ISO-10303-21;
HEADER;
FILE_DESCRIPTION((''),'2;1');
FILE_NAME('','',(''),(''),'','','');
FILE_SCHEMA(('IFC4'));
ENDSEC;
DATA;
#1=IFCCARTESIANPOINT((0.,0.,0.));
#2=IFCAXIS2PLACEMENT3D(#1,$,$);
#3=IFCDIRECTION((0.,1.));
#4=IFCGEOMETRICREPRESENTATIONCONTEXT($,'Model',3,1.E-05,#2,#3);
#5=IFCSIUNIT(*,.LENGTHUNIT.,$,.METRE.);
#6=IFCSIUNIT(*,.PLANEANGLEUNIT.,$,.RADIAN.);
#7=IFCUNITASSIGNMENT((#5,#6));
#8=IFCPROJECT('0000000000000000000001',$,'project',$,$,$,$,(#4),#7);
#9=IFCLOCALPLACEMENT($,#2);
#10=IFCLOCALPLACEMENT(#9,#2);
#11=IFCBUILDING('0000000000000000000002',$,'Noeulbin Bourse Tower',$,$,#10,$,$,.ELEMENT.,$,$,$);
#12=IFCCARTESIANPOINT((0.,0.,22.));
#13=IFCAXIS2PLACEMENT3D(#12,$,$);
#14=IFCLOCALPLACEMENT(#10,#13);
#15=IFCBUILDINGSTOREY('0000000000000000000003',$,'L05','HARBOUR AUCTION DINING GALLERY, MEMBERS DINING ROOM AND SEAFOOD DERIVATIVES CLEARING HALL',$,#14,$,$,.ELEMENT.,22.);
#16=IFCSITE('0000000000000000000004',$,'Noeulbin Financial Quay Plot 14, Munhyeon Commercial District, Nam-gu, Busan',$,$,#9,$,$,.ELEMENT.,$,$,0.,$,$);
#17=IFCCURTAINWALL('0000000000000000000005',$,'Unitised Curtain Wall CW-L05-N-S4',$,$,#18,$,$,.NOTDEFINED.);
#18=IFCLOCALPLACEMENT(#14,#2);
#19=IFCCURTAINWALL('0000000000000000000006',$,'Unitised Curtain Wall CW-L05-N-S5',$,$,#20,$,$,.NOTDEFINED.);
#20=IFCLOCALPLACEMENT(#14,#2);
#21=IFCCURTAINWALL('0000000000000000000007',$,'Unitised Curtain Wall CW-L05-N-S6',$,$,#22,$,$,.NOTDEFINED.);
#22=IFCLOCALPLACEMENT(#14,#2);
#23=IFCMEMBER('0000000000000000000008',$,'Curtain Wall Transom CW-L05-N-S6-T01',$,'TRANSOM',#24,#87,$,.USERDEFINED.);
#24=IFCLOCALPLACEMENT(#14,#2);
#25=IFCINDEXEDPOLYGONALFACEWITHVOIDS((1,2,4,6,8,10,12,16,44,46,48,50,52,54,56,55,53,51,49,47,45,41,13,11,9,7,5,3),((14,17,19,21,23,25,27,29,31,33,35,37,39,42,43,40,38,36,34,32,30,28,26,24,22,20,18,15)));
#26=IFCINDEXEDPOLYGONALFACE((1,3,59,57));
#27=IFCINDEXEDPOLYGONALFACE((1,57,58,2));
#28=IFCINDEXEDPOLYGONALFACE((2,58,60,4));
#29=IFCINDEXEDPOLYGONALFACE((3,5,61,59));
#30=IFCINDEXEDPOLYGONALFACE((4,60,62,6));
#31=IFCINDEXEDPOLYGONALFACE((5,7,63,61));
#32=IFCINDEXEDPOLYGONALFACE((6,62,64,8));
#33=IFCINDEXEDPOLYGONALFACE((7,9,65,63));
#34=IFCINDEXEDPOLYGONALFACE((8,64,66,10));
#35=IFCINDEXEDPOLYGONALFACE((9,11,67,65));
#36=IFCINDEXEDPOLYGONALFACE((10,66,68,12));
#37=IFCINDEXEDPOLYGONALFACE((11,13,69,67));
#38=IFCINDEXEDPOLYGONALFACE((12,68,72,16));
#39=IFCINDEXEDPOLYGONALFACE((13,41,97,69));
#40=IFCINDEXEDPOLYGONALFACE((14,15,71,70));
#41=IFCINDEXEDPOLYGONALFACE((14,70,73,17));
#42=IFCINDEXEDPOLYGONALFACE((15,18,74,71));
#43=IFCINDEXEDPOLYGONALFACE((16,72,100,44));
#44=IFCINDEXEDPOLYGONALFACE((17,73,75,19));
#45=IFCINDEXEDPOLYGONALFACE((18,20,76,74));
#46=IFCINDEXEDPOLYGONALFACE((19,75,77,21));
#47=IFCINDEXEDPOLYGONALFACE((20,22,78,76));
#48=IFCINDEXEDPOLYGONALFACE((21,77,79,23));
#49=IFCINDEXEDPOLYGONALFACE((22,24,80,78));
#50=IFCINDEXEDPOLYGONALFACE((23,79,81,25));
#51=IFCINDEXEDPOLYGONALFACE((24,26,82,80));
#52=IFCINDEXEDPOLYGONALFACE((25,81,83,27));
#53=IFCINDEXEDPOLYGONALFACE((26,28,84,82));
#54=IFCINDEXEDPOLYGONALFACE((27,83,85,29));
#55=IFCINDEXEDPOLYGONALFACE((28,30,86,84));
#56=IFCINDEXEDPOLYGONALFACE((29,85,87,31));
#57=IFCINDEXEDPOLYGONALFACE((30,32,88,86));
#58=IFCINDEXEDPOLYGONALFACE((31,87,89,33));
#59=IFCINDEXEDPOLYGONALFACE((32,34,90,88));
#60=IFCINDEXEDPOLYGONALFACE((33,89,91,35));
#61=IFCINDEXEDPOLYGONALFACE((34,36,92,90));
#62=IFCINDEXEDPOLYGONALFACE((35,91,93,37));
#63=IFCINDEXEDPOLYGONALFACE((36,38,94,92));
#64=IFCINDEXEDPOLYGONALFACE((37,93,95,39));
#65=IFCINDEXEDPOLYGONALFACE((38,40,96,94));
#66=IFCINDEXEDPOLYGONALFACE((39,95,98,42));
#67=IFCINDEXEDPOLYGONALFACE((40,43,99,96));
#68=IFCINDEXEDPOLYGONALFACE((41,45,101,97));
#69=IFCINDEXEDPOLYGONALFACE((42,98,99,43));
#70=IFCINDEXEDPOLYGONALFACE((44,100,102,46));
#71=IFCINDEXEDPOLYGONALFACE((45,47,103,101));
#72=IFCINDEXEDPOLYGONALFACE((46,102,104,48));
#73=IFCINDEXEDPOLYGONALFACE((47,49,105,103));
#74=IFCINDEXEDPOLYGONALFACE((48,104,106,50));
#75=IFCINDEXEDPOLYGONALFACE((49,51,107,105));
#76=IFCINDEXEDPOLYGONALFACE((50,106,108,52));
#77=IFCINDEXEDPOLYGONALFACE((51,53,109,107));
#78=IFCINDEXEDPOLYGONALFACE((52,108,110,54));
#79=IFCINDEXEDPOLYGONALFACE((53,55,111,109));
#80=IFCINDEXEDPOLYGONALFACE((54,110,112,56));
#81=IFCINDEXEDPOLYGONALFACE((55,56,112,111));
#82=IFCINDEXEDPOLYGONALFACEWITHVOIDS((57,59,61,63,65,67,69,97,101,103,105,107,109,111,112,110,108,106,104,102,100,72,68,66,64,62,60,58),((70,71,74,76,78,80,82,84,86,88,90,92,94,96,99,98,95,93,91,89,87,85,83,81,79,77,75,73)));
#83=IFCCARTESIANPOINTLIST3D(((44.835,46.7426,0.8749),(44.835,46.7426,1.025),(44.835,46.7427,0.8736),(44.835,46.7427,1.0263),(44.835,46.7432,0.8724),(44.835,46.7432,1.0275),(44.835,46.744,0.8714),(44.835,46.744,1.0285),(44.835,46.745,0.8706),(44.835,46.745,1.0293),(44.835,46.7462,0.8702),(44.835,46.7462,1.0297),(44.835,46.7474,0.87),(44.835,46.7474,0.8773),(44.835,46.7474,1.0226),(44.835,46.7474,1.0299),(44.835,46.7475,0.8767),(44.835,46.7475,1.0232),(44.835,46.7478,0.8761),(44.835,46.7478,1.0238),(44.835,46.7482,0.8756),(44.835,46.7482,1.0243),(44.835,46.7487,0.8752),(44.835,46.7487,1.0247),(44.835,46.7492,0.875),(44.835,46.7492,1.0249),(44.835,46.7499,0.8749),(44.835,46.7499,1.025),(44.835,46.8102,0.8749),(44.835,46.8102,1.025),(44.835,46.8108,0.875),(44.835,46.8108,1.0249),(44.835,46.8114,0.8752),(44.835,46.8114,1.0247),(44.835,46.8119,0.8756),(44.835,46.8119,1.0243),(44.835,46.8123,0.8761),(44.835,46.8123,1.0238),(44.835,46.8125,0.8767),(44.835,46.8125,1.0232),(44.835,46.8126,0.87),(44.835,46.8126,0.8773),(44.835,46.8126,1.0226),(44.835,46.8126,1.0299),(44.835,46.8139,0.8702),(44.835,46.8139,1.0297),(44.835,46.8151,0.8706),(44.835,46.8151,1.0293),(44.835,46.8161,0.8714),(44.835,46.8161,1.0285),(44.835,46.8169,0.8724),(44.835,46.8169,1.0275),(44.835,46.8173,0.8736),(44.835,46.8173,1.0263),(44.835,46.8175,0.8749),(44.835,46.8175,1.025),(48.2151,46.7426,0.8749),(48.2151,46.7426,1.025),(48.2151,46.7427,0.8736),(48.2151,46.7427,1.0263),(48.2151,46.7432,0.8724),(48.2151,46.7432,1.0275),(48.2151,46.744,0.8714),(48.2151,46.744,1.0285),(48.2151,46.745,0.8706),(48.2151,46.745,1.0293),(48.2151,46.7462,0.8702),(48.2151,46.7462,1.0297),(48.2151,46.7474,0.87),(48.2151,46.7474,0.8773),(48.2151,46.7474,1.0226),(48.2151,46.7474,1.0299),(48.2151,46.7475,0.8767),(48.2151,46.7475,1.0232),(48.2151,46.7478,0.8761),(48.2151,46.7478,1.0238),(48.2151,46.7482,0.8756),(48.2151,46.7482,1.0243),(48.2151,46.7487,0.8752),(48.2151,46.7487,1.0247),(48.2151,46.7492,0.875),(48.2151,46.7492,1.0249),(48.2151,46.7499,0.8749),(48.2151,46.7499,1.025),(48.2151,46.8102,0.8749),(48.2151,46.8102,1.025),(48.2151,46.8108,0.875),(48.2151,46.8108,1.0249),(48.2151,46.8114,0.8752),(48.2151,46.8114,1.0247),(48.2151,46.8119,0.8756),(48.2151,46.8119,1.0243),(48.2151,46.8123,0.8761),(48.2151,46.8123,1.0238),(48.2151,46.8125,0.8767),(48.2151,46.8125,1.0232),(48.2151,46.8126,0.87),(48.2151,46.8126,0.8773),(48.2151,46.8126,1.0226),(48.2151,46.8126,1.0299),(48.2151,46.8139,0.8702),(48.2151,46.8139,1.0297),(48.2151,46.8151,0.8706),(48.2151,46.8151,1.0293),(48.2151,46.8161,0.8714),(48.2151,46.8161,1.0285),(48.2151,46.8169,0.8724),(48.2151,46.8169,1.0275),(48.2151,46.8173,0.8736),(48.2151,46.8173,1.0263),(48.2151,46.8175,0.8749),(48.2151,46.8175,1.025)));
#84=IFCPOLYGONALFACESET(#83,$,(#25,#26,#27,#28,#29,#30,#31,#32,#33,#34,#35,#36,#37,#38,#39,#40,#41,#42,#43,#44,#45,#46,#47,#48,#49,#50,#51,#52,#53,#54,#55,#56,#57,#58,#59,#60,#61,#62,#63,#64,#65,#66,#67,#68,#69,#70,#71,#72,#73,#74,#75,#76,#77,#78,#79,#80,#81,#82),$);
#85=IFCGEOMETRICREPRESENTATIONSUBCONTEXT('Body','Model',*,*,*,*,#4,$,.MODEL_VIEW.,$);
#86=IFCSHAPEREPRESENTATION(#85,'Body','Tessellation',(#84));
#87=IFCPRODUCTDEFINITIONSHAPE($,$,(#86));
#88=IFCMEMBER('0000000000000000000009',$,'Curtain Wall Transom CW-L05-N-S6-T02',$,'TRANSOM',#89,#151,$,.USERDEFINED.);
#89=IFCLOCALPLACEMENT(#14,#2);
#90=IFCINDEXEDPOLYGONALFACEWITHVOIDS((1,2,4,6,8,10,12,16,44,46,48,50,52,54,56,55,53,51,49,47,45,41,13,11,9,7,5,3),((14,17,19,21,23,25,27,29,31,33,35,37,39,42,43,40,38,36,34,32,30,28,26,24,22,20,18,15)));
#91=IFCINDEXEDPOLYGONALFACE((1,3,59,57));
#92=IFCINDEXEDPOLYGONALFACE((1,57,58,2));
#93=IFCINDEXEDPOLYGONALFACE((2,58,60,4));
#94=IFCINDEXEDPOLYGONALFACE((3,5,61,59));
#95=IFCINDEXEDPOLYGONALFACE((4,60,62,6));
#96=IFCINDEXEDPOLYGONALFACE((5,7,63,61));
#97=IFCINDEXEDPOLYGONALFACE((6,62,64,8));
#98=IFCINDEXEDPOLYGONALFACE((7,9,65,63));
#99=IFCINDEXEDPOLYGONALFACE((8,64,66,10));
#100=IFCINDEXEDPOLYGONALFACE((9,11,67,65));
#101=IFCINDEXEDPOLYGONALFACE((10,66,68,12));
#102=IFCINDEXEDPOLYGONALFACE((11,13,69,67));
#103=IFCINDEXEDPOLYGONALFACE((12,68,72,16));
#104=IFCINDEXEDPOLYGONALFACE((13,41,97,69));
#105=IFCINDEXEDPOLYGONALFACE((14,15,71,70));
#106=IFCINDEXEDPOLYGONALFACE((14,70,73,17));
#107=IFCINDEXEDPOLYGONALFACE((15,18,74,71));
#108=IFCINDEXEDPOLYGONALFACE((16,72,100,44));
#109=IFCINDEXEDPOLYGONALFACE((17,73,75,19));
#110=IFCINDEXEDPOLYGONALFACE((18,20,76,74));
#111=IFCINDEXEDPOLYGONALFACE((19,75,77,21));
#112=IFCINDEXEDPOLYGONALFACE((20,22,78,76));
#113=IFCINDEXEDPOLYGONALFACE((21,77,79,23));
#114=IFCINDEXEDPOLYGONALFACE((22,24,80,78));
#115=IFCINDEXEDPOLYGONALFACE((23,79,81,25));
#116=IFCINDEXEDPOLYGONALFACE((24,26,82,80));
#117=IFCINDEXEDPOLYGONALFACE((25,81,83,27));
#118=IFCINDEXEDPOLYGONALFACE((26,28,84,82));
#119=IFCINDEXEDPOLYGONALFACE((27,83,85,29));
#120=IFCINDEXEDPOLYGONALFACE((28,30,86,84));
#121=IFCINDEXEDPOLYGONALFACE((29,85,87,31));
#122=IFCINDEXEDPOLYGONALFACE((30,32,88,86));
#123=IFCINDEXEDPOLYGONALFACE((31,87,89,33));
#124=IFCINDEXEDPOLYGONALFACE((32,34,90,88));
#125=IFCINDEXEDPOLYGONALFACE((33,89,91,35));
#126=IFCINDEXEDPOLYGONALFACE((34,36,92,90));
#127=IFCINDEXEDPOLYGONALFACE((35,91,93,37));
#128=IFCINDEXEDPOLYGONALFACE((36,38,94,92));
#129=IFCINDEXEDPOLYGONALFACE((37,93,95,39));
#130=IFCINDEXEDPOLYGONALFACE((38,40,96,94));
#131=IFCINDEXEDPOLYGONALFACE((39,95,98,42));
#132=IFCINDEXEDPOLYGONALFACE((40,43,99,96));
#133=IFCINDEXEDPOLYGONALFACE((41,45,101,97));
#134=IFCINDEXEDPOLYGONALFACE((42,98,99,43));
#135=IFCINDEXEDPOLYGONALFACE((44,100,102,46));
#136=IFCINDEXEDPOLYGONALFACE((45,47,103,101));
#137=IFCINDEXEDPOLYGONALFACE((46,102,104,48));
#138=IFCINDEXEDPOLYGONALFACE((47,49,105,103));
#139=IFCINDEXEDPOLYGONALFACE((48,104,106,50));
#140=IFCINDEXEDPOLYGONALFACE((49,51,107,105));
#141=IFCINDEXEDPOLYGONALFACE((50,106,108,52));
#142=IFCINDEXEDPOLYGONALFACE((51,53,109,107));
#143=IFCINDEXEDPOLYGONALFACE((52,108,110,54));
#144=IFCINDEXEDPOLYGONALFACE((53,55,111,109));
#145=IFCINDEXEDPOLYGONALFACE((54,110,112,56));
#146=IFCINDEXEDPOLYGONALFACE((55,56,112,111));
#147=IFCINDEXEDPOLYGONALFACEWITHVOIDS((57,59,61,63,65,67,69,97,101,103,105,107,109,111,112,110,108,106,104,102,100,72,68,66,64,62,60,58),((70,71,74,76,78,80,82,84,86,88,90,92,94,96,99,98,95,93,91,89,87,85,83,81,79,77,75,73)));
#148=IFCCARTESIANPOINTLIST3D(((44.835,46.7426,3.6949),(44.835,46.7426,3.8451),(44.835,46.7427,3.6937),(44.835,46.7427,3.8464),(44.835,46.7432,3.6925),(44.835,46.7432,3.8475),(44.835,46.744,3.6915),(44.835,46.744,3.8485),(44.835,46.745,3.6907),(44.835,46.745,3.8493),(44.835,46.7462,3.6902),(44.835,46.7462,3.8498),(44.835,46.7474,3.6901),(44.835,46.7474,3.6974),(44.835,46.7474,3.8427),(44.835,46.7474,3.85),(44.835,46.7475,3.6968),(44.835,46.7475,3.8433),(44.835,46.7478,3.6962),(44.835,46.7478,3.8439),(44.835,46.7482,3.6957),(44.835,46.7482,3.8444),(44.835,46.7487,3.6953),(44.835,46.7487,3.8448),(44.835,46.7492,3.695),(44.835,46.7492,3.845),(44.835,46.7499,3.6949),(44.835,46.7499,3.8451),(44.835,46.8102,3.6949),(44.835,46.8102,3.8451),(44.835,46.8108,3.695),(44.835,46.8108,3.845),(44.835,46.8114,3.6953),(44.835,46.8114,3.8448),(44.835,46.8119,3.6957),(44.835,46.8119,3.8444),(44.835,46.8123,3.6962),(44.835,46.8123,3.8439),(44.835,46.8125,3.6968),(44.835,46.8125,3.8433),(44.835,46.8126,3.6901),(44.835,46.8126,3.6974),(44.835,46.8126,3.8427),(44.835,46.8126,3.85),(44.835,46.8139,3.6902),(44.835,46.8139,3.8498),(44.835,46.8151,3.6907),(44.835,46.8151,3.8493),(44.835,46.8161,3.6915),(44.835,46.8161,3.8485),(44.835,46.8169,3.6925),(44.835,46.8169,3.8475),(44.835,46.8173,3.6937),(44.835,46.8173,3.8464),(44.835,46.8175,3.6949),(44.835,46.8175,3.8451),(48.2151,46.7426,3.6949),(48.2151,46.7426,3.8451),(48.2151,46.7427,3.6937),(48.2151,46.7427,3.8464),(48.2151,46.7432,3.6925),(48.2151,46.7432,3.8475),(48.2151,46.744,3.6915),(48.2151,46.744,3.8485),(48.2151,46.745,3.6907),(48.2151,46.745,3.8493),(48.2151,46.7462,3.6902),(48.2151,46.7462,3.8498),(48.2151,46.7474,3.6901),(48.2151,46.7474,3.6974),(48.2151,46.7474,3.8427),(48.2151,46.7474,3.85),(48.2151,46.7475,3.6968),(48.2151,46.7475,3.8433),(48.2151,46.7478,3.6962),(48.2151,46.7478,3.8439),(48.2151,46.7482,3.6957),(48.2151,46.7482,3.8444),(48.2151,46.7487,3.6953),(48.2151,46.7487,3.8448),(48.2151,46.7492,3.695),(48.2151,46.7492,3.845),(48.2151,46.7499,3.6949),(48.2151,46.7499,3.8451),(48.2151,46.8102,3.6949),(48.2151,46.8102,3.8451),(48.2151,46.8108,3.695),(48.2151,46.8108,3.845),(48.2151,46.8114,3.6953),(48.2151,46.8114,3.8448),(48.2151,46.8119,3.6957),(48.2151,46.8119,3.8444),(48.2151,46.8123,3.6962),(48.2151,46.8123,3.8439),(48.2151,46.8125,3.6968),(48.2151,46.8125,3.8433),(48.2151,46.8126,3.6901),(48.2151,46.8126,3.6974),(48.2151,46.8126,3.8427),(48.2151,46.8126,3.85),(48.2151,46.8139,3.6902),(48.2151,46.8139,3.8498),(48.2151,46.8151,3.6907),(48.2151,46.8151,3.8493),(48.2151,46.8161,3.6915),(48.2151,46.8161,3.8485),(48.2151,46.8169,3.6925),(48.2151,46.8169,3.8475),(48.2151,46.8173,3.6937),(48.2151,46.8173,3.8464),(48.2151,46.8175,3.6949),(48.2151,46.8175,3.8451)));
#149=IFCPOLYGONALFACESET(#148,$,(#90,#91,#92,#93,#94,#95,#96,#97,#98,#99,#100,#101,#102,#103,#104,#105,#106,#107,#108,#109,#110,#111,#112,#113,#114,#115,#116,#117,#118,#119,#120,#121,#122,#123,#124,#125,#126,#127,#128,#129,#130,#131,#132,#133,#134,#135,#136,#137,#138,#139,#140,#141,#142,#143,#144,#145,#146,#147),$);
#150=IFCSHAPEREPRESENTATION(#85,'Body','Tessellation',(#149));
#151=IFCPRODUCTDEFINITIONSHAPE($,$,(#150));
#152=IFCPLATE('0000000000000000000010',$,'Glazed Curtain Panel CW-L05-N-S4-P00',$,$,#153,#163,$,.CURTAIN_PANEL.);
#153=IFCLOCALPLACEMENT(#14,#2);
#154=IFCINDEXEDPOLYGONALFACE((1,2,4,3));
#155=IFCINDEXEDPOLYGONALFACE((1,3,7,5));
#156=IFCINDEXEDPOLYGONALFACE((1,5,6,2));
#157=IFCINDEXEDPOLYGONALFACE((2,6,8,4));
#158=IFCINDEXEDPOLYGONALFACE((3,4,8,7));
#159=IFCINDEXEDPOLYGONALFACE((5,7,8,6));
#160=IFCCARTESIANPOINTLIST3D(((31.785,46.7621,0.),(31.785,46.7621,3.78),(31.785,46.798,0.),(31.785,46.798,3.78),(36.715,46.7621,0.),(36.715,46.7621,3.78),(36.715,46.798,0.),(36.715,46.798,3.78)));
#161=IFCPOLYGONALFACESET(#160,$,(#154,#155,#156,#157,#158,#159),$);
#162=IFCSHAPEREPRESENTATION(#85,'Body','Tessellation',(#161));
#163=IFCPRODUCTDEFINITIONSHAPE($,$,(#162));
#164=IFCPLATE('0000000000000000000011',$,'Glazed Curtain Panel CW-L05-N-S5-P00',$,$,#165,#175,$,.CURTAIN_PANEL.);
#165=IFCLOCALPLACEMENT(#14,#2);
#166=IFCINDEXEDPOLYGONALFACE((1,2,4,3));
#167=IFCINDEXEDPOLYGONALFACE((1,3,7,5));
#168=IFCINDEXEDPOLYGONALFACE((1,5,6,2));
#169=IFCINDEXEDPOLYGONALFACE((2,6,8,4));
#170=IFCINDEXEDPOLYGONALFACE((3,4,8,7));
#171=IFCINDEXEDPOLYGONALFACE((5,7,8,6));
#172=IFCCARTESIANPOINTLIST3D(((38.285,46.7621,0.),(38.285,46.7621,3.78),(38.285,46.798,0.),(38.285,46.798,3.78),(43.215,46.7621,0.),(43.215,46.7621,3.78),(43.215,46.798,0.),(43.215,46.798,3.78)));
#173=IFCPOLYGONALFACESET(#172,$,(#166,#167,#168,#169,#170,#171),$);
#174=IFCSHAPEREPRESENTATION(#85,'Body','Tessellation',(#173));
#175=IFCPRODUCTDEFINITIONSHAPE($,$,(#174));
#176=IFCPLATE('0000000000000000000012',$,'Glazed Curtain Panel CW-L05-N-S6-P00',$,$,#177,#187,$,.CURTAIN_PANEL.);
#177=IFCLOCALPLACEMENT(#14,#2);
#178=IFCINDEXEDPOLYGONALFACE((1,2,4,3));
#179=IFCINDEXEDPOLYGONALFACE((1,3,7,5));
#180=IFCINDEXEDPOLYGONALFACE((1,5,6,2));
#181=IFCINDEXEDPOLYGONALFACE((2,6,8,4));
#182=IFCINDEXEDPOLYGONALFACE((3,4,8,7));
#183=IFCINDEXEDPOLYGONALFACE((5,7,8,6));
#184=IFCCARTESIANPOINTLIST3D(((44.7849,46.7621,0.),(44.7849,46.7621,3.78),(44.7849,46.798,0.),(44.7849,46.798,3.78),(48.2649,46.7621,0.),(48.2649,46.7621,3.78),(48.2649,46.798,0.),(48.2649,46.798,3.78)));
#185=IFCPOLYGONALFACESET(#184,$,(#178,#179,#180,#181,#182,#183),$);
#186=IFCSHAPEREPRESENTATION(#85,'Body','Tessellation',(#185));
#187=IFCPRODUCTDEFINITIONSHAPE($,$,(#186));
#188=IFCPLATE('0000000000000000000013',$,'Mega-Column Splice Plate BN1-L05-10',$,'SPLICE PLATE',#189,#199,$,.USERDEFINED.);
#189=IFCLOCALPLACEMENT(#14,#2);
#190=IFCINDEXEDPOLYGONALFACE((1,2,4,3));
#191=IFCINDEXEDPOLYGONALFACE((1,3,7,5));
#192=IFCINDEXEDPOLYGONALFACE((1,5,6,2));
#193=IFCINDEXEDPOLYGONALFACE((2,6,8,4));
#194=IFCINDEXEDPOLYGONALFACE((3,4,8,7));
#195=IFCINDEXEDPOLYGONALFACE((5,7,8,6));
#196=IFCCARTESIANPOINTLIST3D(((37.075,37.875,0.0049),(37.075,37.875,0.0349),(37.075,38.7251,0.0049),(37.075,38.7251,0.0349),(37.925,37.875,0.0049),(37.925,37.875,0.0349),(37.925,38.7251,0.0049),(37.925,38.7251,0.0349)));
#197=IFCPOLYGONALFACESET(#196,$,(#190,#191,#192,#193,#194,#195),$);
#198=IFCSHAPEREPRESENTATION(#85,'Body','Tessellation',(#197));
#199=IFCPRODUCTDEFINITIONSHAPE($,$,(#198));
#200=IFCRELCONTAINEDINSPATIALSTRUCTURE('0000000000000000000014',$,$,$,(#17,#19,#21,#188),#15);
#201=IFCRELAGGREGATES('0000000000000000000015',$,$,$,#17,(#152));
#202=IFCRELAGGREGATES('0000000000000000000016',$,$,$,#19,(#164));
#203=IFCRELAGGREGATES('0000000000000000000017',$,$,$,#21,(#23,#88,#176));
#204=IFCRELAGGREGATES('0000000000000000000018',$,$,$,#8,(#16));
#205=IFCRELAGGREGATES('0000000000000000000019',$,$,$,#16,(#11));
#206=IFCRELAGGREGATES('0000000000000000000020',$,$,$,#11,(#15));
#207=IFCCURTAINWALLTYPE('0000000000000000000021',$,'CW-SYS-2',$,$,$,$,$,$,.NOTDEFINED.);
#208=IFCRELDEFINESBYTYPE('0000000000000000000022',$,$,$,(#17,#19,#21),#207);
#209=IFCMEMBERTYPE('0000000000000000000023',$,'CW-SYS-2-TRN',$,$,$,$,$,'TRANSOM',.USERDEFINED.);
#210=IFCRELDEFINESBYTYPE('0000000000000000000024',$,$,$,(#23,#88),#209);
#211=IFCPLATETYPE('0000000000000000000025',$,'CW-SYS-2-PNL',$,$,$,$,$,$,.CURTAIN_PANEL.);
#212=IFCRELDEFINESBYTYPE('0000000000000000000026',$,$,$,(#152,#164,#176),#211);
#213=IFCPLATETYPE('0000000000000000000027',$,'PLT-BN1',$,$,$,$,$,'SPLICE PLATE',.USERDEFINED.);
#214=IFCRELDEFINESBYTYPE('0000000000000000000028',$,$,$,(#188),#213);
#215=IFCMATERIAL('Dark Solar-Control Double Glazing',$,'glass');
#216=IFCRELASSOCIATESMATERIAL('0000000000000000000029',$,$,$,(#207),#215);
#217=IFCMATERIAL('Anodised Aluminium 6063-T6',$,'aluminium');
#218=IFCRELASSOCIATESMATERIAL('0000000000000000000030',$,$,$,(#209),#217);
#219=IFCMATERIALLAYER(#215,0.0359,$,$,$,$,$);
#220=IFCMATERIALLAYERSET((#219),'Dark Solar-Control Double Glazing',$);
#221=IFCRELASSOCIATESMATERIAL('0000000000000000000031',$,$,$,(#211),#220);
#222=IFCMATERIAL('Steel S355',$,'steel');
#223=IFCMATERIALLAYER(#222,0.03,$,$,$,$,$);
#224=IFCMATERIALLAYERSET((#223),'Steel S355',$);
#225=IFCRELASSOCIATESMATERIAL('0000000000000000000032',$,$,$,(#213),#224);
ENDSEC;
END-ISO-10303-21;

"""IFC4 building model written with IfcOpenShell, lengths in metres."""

from ifc_helpers import new_model, si_unit, direction, frame, origin, origin_2d, place, context, subcontext, project, spatial, rectangle, hollow_rectangle, extrude, material, layer, layer_set, material_profile, profile_set, type_object, element, aggregate, save


model = new_model("IFC4")

# Units and contexts
model_context = context("Model", 3, precision=1e-05, world=origin(), true_north=direction((0.0, 1.0)))
body_context = subcontext(model_context, "Body", "Model", "MODEL_VIEW")
ifc_project = project(units=[si_unit("LENGTHUNIT", "METRE"), si_unit("PLANEANGLEUNIT", "RADIAN")], contexts=[model_context])

# Site, building, storey
site_placement = place(None, origin())
site = spatial("IfcSite", under=ifc_project, at=site_placement, Name="Noeulbin Financial Quay Plot 14, Munhyeon Commercial District, Nam-gu, Busan", CompositionType="ELEMENT", RefElevation=0.0)
building_placement = place(site_placement, origin())
building = spatial("IfcBuilding", under=site, at=building_placement, Name="Noeulbin Bourse Tower", CompositionType="ELEMENT")
storey_placement = place(building_placement, frame((0.0, 0.0, 22.0)))
storey = spatial("IfcBuildingStorey", under=building, at=storey_placement, Name="L05", Description="HARBOUR AUCTION DINING GALLERY, MEMBERS DINING ROOM AND SEAFOOD DERIVATIVES CLEARING HALL", CompositionType="ELEMENT", Elevation=22.0)

# Shared definitions
ifc_material_1 = material(Name="Steel S355", Category="steel")

# Curtain wall
ifc_material_2 = material(Name="Dark Solar-Control Double Glazing", Category="glass")
curtain_wall_type = type_object("IfcCurtainWallType", Name="CW-SYS-2", PredefinedType="NOTDEFINED", material=ifc_material_2)
curtain_wall_1_placement = place(storey_placement, origin())
curtain_wall_1 = element("IfcCurtainWall", 1, at=curtain_wall_1_placement, inside=storey, type_object=curtain_wall_type, Name="Unitised Curtain Wall CW-L05-N-S4", PredefinedType="NOTDEFINED")
ifc_material_3 = material(Name="Anodised Aluminium 6063-T6", Category="aluminium")

# Curtain wall
curtain_wall_2_placement = place(storey_placement, origin())
curtain_wall_2 = element("IfcCurtainWall", 2, at=curtain_wall_2_placement, inside=storey, type_object=curtain_wall_type, Name="Unitised Curtain Wall CW-L05-N-S5", PredefinedType="NOTDEFINED")

# Curtain wall
curtain_wall_3_placement = place(storey_placement, origin())
curtain_wall_3 = element("IfcCurtainWall", 3, at=curtain_wall_3_placement, inside=storey, type_object=curtain_wall_type, Name="Unitised Curtain Wall CW-L05-N-S6", PredefinedType="NOTDEFINED")

# Members
ifc_material_profile_1 = material_profile(ifc_material_3, hollow_rectangle(XDim=0.075, YDim=0.1599, WallThickness=0.0049, InnerFilletRadius=0.0024, OuterFilletRadius=0.0049, at=origin_2d()), Name="ALU-TRAN-75x160x5", Category="LoadBearing")
ifc_profile_set_1 = profile_set([ifc_material_profile_1], Name="Anodised Aluminium 6063-T6")
member_type_1 = type_object("IfcMemberType", Name="CW-SYS-2-TRN", ElementType="TRANSOM", PredefinedType="USERDEFINED", material=ifc_profile_set_1)
member_1_placement = place(storey_placement, frame((44.835, 46.78, 0.95), z_axis=(1.0, 0.0, 0.0), x_axis=(0.0, 1.0, 0.0)))
member_1 = element("IfcMember", 4, at=member_1_placement, type_object=member_type_1, Name="Curtain Wall Transom CW-L05-N-S6-T01", ObjectType="TRANSOM", PredefinedType="USERDEFINED", context=body_context, shape_type="SweptSolid", body=[
    extrude(hollow_rectangle(XDim=0.075, YDim=0.1599, WallThickness=0.0049, InnerFilletRadius=0.0024, OuterFilletRadius=0.0049, at=origin_2d()), origin(), (0.0, 0.0, 1.0), 3.3801),
])
member_2_placement = place(storey_placement, frame((44.835, 46.78, 3.77), z_axis=(1.0, 0.0, 0.0), x_axis=(0.0, 1.0, 0.0)))
member_2 = element("IfcMember", 5, at=member_2_placement, type_object=member_type_1, Name="Curtain Wall Transom CW-L05-N-S6-T02", ObjectType="TRANSOM", PredefinedType="USERDEFINED", context=body_context, shape_type="SweptSolid", body=[
    extrude(hollow_rectangle(XDim=0.075, YDim=0.1599, WallThickness=0.0049, InnerFilletRadius=0.0024, OuterFilletRadius=0.0049, at=origin_2d()), origin(), (0.0, 0.0, 1.0), 3.3801),
])

# Plates
ifc_layer_1 = layer(ifc_material_2, 0.0359)
ifc_layer_set_1 = layer_set([ifc_layer_1], Name="Dark Solar-Control Double Glazing")
plate_type_1 = type_object("IfcPlateType", Name="CW-SYS-2-PNL", PredefinedType="CURTAIN_PANEL", material=ifc_layer_set_1)
plate_1_placement = place(storey_placement, frame((34.25, 46.78, 0.0), z_axis=(0.0, 0.0, 1.0), x_axis=(1.0, 0.0, 0.0)))
plate_1 = element("IfcPlate", 6, at=plate_1_placement, type_object=plate_type_1, Name="Glazed Curtain Panel CW-L05-N-S4-P00", PredefinedType="CURTAIN_PANEL", context=body_context, shape_type="SweptSolid", body=[
    extrude(rectangle(XDim=4.9299, YDim=0.0359, at=origin_2d()), origin(), (0.0, 0.0, 1.0), 3.78),
])
aggregate(curtain_wall_1, [plate_1])
plate_2_placement = place(storey_placement, frame((40.75, 46.78, 0.0), z_axis=(0.0, 0.0, 1.0), x_axis=(1.0, 0.0, 0.0)))
plate_2 = element("IfcPlate", 7, at=plate_2_placement, type_object=plate_type_1, Name="Glazed Curtain Panel CW-L05-N-S5-P00", PredefinedType="CURTAIN_PANEL", context=body_context, shape_type="SweptSolid", body=[
    extrude(rectangle(XDim=4.9299, YDim=0.0359, at=origin_2d()), origin(), (0.0, 0.0, 1.0), 3.78),
])
aggregate(curtain_wall_2, [plate_2])
plate_3_placement = place(storey_placement, frame((46.5249, 46.78, 0.0), z_axis=(0.0, 0.0, 1.0), x_axis=(1.0, 0.0, 0.0)))
plate_3 = element("IfcPlate", 8, at=plate_3_placement, type_object=plate_type_1, Name="Glazed Curtain Panel CW-L05-N-S6-P00", PredefinedType="CURTAIN_PANEL", context=body_context, shape_type="SweptSolid", body=[
    extrude(rectangle(XDim=3.48, YDim=0.0359, at=origin_2d()), origin(), (0.0, 0.0, 1.0), 3.78),
])
aggregate(curtain_wall_3, [member_1, member_2, plate_3])

# Plate
ifc_layer_2 = layer(ifc_material_1, 0.03)
ifc_layer_set_2 = layer_set([ifc_layer_2], Name="Steel S355")
plate_type_2 = type_object("IfcPlateType", Name="PLT-BN1", ElementType="SPLICE PLATE", PredefinedType="USERDEFINED", material=ifc_layer_set_2)
for number, where, z_axis, x_axis, name in (
    (9, (37.5, 38.3, 0.0049), (0.0, 0.0, 1.0), (1.0, 0.0, 0.0), "Mega-Column Splice Plate BN1-L05-10"),
):
    element("IfcPlate", number, at=place(storey_placement, frame(where, z_axis=z_axis, x_axis=x_axis)), inside=storey, type_object=plate_type_2, Name=name, ObjectType="SPLICE PLATE", PredefinedType="USERDEFINED", context=body_context, shape_type="SweptSolid", body=[
        extrude(rectangle(XDim=0.8501, YDim=0.8501, at=origin_2d()), origin(), (0.0, 0.0, 1.0), 0.03),
    ])

save(model, "model.ifc")
